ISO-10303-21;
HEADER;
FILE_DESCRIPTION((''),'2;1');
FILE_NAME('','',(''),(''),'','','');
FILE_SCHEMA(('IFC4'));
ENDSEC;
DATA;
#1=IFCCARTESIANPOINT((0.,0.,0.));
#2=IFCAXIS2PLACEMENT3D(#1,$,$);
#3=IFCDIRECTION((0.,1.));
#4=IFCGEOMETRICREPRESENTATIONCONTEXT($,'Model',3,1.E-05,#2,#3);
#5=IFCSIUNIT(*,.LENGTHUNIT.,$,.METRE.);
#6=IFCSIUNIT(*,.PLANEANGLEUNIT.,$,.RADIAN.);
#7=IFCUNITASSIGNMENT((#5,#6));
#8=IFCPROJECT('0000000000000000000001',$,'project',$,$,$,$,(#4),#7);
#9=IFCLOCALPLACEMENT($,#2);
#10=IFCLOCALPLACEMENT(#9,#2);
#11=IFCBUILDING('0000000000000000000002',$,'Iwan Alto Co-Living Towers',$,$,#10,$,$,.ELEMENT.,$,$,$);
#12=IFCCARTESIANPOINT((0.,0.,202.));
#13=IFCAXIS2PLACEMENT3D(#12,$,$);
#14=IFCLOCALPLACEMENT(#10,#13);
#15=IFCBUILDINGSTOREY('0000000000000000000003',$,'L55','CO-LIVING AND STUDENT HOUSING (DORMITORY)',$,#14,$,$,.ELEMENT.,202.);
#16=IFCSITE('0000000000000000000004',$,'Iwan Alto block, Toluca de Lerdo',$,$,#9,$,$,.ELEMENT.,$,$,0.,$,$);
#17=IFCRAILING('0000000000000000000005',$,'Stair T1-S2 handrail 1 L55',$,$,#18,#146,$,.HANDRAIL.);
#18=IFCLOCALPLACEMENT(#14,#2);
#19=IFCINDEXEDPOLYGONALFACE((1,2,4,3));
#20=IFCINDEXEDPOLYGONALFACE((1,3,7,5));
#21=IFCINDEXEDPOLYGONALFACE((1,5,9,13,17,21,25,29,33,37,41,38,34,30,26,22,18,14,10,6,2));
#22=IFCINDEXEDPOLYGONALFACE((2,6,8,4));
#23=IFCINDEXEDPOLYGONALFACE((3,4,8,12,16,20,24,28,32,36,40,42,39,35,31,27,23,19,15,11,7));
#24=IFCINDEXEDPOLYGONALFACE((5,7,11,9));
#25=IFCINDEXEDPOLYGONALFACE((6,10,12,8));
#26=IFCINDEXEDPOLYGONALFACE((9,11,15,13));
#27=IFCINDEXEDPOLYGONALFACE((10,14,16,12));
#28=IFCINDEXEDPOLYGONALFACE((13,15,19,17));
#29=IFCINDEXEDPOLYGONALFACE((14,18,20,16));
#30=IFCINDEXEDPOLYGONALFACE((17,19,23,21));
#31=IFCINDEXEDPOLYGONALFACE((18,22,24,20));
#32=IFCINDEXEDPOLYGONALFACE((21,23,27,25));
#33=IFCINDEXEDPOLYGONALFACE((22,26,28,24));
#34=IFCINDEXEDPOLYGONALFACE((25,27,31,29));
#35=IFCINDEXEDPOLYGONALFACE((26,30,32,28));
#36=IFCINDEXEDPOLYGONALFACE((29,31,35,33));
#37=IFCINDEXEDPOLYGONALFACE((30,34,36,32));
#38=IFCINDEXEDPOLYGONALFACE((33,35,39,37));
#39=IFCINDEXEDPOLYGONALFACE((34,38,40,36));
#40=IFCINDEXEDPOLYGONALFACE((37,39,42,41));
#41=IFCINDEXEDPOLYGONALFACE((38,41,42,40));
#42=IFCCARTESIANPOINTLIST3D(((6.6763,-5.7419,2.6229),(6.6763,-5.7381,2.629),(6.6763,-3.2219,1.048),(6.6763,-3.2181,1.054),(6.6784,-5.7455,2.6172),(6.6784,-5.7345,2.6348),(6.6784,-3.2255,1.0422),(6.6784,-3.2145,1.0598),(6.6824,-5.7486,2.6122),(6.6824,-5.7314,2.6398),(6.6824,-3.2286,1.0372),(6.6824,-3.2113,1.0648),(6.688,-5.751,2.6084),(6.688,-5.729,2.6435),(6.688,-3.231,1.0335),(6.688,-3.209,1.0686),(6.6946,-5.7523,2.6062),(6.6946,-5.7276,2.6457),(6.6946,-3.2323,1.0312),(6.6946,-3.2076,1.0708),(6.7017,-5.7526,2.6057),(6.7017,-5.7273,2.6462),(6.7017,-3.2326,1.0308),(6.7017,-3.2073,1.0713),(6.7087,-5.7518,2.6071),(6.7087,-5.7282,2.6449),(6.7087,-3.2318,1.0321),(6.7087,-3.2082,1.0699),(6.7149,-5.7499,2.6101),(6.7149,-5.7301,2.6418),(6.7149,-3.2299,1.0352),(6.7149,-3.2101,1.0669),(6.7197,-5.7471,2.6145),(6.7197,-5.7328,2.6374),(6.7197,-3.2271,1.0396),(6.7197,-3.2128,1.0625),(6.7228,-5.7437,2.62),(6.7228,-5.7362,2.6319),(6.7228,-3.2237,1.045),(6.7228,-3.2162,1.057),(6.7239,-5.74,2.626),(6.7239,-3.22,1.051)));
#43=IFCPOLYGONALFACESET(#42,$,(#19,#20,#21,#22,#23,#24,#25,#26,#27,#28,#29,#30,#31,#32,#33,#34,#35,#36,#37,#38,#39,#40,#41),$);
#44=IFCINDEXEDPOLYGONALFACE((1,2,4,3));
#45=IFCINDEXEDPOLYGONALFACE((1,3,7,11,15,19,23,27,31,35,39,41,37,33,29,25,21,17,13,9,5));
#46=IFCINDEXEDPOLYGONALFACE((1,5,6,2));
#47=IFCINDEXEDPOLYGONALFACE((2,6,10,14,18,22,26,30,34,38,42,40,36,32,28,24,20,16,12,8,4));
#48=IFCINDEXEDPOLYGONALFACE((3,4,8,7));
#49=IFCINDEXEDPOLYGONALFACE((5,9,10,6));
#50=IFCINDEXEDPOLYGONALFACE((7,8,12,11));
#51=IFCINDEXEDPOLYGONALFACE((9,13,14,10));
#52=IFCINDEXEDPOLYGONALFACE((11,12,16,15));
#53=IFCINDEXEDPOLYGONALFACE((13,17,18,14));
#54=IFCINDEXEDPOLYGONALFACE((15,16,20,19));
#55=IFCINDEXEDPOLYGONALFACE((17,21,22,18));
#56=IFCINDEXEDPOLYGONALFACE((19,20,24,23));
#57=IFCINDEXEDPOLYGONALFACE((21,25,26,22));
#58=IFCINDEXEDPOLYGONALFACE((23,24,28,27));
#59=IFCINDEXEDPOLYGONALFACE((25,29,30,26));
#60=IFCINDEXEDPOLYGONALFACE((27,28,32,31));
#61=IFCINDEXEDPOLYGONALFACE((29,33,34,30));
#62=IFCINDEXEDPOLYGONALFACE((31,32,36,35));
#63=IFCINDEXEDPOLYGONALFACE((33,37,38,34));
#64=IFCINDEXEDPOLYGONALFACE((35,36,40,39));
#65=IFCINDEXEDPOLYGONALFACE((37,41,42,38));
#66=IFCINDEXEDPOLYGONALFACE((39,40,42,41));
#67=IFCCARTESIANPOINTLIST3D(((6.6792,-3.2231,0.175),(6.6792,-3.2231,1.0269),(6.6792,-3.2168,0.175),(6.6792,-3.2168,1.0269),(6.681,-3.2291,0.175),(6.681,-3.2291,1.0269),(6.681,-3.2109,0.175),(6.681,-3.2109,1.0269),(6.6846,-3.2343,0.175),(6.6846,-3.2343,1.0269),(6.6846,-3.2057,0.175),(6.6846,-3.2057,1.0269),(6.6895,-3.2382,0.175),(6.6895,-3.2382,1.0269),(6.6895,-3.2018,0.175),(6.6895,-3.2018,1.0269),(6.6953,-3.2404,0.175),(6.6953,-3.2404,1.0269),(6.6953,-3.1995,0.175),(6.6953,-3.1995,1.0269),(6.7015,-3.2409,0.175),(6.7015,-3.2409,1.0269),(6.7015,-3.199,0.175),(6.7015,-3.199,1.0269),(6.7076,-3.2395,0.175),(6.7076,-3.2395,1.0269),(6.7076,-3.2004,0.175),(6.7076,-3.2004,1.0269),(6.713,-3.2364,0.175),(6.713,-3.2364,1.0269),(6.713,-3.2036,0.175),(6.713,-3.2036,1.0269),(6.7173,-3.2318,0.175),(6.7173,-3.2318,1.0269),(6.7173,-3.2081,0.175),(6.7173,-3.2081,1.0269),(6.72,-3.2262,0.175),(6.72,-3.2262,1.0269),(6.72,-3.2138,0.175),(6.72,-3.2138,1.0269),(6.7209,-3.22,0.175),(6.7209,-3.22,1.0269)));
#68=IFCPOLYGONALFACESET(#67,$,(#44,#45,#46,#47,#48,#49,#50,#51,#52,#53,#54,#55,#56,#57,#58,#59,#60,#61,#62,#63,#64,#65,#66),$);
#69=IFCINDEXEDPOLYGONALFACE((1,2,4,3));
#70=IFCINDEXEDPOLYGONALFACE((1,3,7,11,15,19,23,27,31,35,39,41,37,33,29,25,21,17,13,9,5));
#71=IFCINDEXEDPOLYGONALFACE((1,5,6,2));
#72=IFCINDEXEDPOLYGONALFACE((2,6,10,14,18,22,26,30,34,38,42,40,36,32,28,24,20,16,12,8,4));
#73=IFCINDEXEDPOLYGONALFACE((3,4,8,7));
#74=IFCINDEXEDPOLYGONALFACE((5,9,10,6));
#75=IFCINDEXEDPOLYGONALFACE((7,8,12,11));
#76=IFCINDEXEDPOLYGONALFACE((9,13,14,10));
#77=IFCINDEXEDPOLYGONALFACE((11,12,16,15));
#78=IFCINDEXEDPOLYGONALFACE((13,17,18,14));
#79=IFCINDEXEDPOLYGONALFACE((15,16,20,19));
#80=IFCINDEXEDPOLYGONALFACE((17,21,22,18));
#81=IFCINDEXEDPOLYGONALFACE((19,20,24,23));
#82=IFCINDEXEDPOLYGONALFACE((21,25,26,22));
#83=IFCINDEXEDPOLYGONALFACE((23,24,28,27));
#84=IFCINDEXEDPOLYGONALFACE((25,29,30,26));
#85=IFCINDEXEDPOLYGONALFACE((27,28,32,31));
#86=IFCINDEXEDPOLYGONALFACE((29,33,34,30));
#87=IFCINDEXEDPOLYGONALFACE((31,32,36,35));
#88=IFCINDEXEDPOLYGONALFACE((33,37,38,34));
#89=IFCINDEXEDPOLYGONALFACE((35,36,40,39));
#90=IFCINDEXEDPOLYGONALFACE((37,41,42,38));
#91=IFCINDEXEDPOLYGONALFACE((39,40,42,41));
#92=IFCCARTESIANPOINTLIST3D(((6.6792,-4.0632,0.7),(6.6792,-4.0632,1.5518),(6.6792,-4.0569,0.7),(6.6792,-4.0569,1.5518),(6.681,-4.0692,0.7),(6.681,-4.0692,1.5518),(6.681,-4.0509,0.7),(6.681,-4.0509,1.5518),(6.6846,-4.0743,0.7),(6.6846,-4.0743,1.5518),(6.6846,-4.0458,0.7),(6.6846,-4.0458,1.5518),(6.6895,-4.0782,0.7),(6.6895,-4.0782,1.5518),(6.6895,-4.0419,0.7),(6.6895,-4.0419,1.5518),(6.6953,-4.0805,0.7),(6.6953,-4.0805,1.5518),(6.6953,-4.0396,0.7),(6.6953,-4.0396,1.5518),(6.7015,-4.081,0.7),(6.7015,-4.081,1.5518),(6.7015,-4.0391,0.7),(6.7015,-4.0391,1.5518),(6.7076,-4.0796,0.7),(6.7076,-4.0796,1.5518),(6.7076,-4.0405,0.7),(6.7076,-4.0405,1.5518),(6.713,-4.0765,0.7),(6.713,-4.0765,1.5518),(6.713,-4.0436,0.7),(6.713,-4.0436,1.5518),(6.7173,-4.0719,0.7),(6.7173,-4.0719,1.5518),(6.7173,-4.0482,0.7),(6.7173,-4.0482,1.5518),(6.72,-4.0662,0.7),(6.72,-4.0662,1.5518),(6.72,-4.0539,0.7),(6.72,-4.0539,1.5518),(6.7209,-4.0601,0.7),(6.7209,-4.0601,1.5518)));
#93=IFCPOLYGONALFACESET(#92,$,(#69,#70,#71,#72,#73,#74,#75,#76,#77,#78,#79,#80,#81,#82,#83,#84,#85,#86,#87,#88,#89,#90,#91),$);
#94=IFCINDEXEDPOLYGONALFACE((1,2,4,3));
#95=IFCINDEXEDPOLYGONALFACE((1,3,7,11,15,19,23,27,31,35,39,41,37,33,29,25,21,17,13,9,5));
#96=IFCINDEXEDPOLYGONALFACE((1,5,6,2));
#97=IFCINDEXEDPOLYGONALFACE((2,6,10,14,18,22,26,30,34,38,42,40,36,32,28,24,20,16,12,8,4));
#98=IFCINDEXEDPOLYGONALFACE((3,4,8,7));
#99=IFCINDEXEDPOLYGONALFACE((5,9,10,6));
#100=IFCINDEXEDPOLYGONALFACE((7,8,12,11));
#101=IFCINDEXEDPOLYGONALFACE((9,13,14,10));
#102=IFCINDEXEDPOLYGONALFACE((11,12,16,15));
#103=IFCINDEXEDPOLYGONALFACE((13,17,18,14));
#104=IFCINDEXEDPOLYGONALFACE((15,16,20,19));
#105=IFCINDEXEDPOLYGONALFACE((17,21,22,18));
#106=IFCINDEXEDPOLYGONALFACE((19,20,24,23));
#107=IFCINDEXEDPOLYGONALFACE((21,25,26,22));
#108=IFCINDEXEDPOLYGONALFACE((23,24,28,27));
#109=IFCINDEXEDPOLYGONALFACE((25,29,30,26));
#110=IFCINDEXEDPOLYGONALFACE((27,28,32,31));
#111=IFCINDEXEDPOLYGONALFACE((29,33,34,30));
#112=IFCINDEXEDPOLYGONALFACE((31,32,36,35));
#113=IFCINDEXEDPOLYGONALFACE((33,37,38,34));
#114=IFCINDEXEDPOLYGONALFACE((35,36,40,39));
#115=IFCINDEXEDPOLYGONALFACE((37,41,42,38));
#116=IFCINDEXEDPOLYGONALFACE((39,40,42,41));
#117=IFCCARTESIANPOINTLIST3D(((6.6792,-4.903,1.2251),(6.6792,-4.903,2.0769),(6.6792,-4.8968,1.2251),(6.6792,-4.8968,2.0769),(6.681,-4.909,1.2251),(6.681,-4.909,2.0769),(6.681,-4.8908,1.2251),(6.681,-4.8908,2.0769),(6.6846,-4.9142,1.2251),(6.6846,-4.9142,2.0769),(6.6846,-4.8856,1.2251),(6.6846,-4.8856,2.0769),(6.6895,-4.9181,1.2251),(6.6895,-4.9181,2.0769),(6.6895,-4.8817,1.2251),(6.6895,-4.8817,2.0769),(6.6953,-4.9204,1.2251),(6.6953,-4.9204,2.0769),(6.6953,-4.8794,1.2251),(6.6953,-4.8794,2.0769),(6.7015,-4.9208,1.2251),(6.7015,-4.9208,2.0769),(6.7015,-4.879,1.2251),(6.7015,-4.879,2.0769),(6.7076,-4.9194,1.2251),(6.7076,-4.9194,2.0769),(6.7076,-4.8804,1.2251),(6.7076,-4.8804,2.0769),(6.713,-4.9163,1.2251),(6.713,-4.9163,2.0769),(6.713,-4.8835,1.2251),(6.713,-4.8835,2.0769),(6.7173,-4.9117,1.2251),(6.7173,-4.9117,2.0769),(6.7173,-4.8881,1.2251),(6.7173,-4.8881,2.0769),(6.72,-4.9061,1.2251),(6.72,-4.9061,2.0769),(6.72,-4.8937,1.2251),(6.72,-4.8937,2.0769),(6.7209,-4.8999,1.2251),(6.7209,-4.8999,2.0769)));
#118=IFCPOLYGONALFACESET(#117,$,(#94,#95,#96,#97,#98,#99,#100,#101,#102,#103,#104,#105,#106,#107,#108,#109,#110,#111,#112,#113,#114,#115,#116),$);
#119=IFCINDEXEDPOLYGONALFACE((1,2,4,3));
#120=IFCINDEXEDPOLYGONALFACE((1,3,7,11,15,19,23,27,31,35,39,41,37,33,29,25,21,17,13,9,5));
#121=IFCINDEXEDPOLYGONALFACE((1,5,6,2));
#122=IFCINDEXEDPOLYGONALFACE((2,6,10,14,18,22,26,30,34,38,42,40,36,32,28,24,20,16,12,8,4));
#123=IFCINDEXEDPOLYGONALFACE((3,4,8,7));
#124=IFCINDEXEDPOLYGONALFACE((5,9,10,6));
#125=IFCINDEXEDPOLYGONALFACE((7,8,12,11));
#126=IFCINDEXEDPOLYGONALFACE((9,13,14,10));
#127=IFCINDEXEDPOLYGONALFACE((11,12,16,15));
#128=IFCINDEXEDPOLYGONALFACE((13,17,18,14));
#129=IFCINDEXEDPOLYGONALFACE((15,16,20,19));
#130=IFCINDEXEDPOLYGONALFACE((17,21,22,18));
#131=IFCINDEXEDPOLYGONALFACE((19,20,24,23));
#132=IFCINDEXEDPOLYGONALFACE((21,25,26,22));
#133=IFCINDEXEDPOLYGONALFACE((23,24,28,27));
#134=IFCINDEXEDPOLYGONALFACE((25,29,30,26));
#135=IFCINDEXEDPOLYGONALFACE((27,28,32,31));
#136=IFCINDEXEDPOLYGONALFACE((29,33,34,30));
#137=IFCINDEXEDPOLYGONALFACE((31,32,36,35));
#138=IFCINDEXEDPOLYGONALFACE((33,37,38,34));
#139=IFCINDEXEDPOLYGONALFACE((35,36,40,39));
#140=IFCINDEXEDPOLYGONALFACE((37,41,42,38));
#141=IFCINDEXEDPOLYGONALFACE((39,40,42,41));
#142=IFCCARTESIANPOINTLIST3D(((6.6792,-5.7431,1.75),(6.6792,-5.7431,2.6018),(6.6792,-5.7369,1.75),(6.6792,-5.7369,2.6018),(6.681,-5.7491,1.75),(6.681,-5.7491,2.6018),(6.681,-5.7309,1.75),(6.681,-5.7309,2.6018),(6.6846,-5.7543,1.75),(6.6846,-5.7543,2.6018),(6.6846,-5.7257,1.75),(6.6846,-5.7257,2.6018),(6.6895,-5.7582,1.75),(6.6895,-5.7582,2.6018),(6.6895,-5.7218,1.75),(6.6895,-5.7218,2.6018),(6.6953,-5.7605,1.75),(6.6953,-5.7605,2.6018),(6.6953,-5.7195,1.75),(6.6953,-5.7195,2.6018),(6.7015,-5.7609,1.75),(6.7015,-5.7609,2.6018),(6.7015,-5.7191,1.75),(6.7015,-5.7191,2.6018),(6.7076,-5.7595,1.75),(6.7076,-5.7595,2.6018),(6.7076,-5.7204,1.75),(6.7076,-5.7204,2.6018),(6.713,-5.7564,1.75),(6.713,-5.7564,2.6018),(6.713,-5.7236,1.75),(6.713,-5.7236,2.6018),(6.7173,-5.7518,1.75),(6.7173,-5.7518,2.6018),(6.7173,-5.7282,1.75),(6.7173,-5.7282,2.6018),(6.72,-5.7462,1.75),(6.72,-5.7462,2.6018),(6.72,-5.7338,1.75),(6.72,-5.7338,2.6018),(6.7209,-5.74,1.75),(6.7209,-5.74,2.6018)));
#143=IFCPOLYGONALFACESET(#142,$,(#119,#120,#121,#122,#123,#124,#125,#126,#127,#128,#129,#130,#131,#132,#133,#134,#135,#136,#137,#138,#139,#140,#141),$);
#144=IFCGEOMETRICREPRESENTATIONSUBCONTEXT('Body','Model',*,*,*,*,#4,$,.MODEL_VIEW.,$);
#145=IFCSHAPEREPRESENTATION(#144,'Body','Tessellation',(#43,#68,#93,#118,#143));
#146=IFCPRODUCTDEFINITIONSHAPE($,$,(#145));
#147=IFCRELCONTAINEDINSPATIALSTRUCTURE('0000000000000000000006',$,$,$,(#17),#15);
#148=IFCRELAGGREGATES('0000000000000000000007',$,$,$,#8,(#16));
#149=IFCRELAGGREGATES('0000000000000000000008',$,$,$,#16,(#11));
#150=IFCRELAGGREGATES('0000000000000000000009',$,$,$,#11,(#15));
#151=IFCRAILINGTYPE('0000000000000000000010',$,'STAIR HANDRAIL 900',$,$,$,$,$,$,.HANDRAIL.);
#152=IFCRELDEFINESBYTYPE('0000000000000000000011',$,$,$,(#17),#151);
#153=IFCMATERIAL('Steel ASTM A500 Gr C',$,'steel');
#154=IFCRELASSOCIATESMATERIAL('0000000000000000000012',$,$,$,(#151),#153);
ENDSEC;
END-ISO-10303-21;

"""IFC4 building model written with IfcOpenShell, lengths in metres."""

from ifc_helpers import new_model, si_unit, direction, frame, origin, origin_2d, place, context, subcontext, project, spatial, circle, extrude, material, type_object, element, save


model = new_model("IFC4")

# Units and contexts
model_context = context("Model", 3, precision=1e-05, world=origin(), true_north=direction((0.0, 1.0)))
body_context = subcontext(model_context, "Body", "Model", "MODEL_VIEW")
ifc_project = project(units=[si_unit("LENGTHUNIT", "METRE"), si_unit("PLANEANGLEUNIT", "RADIAN")], contexts=[model_context])

# Site, building, storey
site_placement = place(None, origin())
site = spatial("IfcSite", under=ifc_project, at=site_placement, Name="Iwan Alto block, Toluca de Lerdo", CompositionType="ELEMENT", RefElevation=0.0)
building_placement = place(site_placement, origin())
building = spatial("IfcBuilding", under=site, at=building_placement, Name="Iwan Alto Co-Living Towers", CompositionType="ELEMENT")
storey_placement = place(building_placement, frame((0.0, 0.0, 202.0)))
storey = spatial("IfcBuildingStorey", under=building, at=storey_placement, Name="L55", Description="CO-LIVING AND STUDENT HOUSING (DORMITORY)", CompositionType="ELEMENT", Elevation=202.0)

# Railing
ifc_material_1 = material(Name="Steel ASTM A500 Gr C", Category="steel")
railing_type_1 = type_object("IfcRailingType", Name="STAIR HANDRAIL 900", PredefinedType="HANDRAIL", material=ifc_material_1)
railing_1_placement = place(storey_placement, frame((6.7, -3.22, 0.175)))
element("IfcRailing", 1, at=railing_1_placement, inside=storey, type_object=railing_type_1, Name="Stair T1-S2 handrail 1 L55", PredefinedType="HANDRAIL", context=body_context, shape_type="SweptSolid", body=[
    extrude(circle(Radius=0.0239, at=origin_2d()), frame((0.0, 0.0, 0.876), z_axis=(0.0, -0.848008, 0.529984), x_axis=(1.0, 0.0, 0.0)), (0.0, 0.0, 1.0), 2.9717),
    extrude(circle(Radius=0.021, at=origin_2d()), origin(), (0.0, 0.0, 1.0), 0.8518),
    extrude(circle(Radius=0.021, at=origin_2d()), frame((0.0, -0.8401, 0.5249)), (0.0, 0.0, 1.0), 0.8518),
    extrude(circle(Radius=0.021, at=origin_2d()), frame((0.0, -1.6799, 1.05)), (0.0, 0.0, 1.0), 0.8518),
    extrude(circle(Radius=0.021, at=origin_2d()), frame((0.0, -2.52, 1.575)), (0.0, 0.0, 1.0), 0.8518),
])

save(model, "model.ifc")
